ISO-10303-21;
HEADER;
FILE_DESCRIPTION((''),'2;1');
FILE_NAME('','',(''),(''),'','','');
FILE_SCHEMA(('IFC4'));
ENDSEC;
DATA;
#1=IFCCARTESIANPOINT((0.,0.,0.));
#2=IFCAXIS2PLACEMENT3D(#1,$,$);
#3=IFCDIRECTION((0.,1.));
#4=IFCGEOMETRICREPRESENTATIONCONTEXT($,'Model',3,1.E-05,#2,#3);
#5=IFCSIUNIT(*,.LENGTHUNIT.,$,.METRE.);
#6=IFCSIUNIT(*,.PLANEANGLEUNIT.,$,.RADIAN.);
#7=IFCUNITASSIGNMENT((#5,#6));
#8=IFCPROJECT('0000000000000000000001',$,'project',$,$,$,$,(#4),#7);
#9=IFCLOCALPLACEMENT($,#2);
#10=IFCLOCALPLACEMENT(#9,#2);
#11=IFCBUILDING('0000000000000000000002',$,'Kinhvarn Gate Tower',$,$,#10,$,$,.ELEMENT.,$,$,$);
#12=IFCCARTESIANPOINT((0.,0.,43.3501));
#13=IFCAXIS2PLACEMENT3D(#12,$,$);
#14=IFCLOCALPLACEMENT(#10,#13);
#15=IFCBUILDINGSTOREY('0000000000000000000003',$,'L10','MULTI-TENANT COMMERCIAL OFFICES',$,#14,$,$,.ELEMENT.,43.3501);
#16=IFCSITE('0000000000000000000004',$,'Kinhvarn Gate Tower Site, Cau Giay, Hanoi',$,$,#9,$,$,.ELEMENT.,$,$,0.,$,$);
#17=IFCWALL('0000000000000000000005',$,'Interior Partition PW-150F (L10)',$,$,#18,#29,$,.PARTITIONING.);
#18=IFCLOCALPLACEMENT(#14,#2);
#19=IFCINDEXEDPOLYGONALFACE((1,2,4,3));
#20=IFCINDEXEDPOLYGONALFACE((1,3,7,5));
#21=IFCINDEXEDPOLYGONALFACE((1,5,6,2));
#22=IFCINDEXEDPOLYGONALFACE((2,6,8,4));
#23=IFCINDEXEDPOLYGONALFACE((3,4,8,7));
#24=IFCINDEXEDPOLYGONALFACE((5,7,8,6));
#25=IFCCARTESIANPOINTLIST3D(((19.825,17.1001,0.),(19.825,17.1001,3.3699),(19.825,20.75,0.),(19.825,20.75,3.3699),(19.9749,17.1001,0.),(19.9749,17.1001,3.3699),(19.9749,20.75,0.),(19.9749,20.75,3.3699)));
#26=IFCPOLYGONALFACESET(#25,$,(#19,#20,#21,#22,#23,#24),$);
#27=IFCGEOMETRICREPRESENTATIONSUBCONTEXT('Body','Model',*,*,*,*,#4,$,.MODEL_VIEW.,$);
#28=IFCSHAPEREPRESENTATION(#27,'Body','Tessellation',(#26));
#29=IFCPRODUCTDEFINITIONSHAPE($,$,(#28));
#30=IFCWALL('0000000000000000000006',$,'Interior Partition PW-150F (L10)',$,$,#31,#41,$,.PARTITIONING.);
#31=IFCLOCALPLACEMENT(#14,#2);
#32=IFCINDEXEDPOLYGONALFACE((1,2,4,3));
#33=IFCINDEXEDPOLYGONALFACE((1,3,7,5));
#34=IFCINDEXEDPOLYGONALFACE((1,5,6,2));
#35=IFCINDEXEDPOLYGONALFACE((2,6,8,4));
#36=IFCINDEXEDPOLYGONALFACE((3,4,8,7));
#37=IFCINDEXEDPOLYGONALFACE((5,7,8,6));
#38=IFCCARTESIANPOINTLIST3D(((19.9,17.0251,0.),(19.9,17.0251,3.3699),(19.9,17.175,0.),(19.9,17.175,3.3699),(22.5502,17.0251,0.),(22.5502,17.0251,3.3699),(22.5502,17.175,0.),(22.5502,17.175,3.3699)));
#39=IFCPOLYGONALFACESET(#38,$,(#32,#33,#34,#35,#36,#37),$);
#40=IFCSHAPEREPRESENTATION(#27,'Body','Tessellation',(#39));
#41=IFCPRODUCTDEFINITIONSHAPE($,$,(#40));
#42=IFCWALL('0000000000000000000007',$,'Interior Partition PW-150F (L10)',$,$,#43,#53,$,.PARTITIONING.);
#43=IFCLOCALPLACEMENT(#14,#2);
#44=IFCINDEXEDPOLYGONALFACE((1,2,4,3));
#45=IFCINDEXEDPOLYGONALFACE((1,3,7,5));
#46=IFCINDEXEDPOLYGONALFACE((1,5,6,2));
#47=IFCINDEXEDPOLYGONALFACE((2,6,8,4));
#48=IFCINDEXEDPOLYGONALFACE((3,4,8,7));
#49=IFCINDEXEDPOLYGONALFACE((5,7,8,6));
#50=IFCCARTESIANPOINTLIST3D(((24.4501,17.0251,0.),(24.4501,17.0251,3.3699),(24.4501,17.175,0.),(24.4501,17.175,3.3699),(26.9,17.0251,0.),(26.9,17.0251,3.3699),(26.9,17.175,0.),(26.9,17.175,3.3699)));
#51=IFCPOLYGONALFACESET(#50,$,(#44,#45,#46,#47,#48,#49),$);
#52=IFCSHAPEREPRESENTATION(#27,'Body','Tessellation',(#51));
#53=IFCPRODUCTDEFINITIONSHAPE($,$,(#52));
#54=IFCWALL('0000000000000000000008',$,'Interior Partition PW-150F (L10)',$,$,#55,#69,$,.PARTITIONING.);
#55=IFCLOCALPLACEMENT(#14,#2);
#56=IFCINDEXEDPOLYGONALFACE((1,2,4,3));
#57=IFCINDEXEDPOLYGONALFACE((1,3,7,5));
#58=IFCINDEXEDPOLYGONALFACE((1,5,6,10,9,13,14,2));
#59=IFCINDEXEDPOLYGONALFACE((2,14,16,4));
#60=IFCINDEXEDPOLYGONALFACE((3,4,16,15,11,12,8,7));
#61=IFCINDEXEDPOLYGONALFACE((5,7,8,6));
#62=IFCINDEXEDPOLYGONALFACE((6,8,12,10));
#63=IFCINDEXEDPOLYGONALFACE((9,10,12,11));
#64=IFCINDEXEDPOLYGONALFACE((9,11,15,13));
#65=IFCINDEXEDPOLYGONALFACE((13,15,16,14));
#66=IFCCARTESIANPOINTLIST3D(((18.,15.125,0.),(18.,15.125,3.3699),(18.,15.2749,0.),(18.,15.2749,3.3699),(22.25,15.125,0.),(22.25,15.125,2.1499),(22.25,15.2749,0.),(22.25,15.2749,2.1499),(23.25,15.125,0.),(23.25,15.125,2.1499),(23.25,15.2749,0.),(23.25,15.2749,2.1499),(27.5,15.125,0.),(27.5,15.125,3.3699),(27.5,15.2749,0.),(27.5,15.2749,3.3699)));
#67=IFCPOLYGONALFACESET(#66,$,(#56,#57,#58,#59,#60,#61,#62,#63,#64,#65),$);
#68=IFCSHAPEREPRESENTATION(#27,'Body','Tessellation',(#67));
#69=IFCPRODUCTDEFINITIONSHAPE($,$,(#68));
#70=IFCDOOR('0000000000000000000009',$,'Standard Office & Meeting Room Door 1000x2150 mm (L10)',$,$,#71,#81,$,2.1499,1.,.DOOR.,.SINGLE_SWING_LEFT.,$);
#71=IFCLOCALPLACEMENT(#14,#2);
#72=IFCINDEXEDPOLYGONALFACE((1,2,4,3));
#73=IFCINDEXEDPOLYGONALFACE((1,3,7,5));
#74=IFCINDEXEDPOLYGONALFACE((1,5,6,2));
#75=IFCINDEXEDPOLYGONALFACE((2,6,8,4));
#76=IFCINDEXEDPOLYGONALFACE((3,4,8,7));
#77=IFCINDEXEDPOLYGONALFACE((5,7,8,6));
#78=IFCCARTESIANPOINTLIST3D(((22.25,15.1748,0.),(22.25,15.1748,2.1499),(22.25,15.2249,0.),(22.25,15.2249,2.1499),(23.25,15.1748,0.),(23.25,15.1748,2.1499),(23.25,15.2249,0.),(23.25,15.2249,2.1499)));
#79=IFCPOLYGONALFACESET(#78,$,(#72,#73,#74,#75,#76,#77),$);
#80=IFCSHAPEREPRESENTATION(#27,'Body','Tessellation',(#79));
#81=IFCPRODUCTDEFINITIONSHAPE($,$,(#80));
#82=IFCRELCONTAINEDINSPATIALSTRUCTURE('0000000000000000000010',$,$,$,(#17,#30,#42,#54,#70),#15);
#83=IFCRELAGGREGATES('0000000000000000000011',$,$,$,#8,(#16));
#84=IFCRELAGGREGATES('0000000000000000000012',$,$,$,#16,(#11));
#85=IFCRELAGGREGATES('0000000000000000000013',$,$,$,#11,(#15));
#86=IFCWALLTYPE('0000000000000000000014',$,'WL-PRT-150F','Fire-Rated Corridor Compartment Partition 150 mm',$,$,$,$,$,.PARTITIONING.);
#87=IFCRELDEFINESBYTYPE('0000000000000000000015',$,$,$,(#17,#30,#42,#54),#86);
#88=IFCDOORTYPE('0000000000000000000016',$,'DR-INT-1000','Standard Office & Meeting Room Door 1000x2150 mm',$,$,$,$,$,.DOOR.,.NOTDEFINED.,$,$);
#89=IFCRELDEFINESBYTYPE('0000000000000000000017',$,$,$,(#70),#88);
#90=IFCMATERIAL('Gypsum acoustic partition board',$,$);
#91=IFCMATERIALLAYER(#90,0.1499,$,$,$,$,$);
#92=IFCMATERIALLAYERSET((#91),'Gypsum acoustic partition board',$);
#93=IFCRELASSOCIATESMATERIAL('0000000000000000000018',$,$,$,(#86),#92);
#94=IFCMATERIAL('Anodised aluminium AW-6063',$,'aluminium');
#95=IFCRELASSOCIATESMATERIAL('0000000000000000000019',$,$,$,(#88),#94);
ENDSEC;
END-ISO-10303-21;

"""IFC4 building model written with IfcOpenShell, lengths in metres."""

from ifc_helpers import new_model, si_unit, direction, frame, frame_2d, origin, place, context, subcontext, project, spatial, rectangle, extrude, material, layer, layer_set, type_object, element, fill, save


model = new_model("IFC4")

# Units and contexts
model_context = context("Model", 3, precision=1e-05, world=origin(), true_north=direction((0.0, 1.0)))
body_context = subcontext(model_context, "Body", "Model", "MODEL_VIEW")
ifc_project = project(units=[si_unit("LENGTHUNIT", "METRE"), si_unit("PLANEANGLEUNIT", "RADIAN")], contexts=[model_context])

# Site, building, storey
site_placement = place(None, origin())
site = spatial("IfcSite", under=ifc_project, at=site_placement, Name="Kinhvarn Gate Tower Site, Cau Giay, Hanoi", CompositionType="ELEMENT", RefElevation=0.0)
building_placement = place(site_placement, origin())
building = spatial("IfcBuilding", under=site, at=building_placement, Name="Kinhvarn Gate Tower", CompositionType="ELEMENT")
storey_placement = place(building_placement, frame((0.0, 0.0, 43.3501)))
storey = spatial("IfcBuildingStorey", under=building, at=storey_placement, Name="L10", Description="MULTI-TENANT COMMERCIAL OFFICES", CompositionType="ELEMENT", Elevation=43.3501)

# Shared definitions
ifc_material_1 = material(Name="Gypsum acoustic partition board")
ifc_layer = layer(ifc_material_1, 0.1499)
ifc_layer_set = layer_set([ifc_layer], Name="Gypsum acoustic partition board")
wall_type = type_object("IfcWallType", Name="WL-PRT-150F", Description="Fire-Rated Corridor Compartment Partition 150 mm", PredefinedType="PARTITIONING", material=ifc_layer_set)
ifc_material_2 = material(Name="Anodised aluminium AW-6063", Category="aluminium")
door_type = type_object("IfcDoorType", Name="DR-INT-1000", Description="Standard Office & Meeting Room Door 1000x2150 mm", OperationType="NOTDEFINED", PredefinedType="DOOR", material=ifc_material_2)

# Walls
wall_1_placement = place(storey_placement, frame((19.8999, 17.1001, 0.0), z_axis=(0.0, 0.0, 1.0), x_axis=(0.0, 1.0, 0.0)))
element("IfcWall", 1, at=wall_1_placement, inside=storey, type_object=wall_type, Name="Interior Partition PW-150F (L10)", PredefinedType="PARTITIONING", context=body_context, shape_type="SweptSolid", body=[
    extrude(rectangle(XDim=3.6499, YDim=0.1499, at=frame_2d((1.825, 0.0))), origin(), (0.0, 0.0, 1.0), 3.3699),
])
wall_2_placement = place(storey_placement, frame((19.8999, 17.1001, 0.0), z_axis=(0.0, 0.0, 1.0), x_axis=(1.0, 0.0, 0.0)))
element("IfcWall", 2, at=wall_2_placement, inside=storey, type_object=wall_type, Name="Interior Partition PW-150F (L10)", PredefinedType="PARTITIONING", context=body_context, shape_type="SweptSolid", body=[
    extrude(rectangle(XDim=2.6501, YDim=0.1499, at=frame_2d((1.3252, 0.0))), origin(), (0.0, 0.0, 1.0), 3.3699),
])
wall_3_placement = place(storey_placement, frame((24.45, 17.1001, 0.0), z_axis=(0.0, 0.0, 1.0), x_axis=(1.0, 0.0, 0.0)))
element("IfcWall", 3, at=wall_3_placement, inside=storey, type_object=wall_type, Name="Interior Partition PW-150F (L10)", PredefinedType="PARTITIONING", context=body_context, shape_type="SweptSolid", body=[
    extrude(rectangle(XDim=2.45, YDim=0.1499, at=frame_2d((1.2251, 0.0))), origin(), (0.0, 0.0, 1.0), 3.3699),
])

# Wall, opening, door
wall_4_placement = place(storey_placement, frame((18.0, 15.2, 0.0), z_axis=(0.0, 0.0, 1.0), x_axis=(1.0, 0.0, 0.0)))
wall_4 = element("IfcWall", 4, at=wall_4_placement, inside=storey, type_object=wall_type, Name="Interior Partition PW-150F (L10)", PredefinedType="PARTITIONING", context=body_context, shape_type="SweptSolid", body=[
    extrude(rectangle(XDim=9.5, YDim=0.1499, at=frame_2d((4.75, 0.0))), origin(), (0.0, 0.0, 1.0), 3.3699),
])
opening_1_placement = place(wall_4_placement, frame((4.25, 0.0, 0.0)))
opening_1 = element("IfcOpeningElement", 5, at=opening_1_placement, cuts=wall_4, PredefinedType="OPENING", context=body_context, shape_type="SweptSolid", body=[
    extrude(rectangle(XDim=1.0, YDim=2.1499, at=frame_2d((0.5, 1.075))), frame((0.0, 0.085, 0.0), z_axis=(0.0, -1.0, 0.0), x_axis=(1.0, 0.0, 0.0)), (0.0, 0.0, 1.0), 0.1699),
])
door_1_placement = place(opening_1_placement, origin())
door_1 = element("IfcDoor", 6, at=door_1_placement, inside=storey, type_object=door_type, Name="Standard Office & Meeting Room Door 1000x2150 mm (L10)", OperationType="SINGLE_SWING_LEFT", OverallHeight=2.1499, OverallWidth=1.0, PredefinedType="DOOR", context=body_context, shape_type="SweptSolid", body=[
    extrude(rectangle(XDim=1.0, YDim=2.1499, at=frame_2d((0.5, 1.075))), frame((0.0, 0.0249, 0.0), z_axis=(0.0, -1.0, 0.0), x_axis=(1.0, 0.0, 0.0)), (0.0, 0.0, 1.0), 0.05),
])
fill(opening_1, door_1)

save(model, "model.ifc")
